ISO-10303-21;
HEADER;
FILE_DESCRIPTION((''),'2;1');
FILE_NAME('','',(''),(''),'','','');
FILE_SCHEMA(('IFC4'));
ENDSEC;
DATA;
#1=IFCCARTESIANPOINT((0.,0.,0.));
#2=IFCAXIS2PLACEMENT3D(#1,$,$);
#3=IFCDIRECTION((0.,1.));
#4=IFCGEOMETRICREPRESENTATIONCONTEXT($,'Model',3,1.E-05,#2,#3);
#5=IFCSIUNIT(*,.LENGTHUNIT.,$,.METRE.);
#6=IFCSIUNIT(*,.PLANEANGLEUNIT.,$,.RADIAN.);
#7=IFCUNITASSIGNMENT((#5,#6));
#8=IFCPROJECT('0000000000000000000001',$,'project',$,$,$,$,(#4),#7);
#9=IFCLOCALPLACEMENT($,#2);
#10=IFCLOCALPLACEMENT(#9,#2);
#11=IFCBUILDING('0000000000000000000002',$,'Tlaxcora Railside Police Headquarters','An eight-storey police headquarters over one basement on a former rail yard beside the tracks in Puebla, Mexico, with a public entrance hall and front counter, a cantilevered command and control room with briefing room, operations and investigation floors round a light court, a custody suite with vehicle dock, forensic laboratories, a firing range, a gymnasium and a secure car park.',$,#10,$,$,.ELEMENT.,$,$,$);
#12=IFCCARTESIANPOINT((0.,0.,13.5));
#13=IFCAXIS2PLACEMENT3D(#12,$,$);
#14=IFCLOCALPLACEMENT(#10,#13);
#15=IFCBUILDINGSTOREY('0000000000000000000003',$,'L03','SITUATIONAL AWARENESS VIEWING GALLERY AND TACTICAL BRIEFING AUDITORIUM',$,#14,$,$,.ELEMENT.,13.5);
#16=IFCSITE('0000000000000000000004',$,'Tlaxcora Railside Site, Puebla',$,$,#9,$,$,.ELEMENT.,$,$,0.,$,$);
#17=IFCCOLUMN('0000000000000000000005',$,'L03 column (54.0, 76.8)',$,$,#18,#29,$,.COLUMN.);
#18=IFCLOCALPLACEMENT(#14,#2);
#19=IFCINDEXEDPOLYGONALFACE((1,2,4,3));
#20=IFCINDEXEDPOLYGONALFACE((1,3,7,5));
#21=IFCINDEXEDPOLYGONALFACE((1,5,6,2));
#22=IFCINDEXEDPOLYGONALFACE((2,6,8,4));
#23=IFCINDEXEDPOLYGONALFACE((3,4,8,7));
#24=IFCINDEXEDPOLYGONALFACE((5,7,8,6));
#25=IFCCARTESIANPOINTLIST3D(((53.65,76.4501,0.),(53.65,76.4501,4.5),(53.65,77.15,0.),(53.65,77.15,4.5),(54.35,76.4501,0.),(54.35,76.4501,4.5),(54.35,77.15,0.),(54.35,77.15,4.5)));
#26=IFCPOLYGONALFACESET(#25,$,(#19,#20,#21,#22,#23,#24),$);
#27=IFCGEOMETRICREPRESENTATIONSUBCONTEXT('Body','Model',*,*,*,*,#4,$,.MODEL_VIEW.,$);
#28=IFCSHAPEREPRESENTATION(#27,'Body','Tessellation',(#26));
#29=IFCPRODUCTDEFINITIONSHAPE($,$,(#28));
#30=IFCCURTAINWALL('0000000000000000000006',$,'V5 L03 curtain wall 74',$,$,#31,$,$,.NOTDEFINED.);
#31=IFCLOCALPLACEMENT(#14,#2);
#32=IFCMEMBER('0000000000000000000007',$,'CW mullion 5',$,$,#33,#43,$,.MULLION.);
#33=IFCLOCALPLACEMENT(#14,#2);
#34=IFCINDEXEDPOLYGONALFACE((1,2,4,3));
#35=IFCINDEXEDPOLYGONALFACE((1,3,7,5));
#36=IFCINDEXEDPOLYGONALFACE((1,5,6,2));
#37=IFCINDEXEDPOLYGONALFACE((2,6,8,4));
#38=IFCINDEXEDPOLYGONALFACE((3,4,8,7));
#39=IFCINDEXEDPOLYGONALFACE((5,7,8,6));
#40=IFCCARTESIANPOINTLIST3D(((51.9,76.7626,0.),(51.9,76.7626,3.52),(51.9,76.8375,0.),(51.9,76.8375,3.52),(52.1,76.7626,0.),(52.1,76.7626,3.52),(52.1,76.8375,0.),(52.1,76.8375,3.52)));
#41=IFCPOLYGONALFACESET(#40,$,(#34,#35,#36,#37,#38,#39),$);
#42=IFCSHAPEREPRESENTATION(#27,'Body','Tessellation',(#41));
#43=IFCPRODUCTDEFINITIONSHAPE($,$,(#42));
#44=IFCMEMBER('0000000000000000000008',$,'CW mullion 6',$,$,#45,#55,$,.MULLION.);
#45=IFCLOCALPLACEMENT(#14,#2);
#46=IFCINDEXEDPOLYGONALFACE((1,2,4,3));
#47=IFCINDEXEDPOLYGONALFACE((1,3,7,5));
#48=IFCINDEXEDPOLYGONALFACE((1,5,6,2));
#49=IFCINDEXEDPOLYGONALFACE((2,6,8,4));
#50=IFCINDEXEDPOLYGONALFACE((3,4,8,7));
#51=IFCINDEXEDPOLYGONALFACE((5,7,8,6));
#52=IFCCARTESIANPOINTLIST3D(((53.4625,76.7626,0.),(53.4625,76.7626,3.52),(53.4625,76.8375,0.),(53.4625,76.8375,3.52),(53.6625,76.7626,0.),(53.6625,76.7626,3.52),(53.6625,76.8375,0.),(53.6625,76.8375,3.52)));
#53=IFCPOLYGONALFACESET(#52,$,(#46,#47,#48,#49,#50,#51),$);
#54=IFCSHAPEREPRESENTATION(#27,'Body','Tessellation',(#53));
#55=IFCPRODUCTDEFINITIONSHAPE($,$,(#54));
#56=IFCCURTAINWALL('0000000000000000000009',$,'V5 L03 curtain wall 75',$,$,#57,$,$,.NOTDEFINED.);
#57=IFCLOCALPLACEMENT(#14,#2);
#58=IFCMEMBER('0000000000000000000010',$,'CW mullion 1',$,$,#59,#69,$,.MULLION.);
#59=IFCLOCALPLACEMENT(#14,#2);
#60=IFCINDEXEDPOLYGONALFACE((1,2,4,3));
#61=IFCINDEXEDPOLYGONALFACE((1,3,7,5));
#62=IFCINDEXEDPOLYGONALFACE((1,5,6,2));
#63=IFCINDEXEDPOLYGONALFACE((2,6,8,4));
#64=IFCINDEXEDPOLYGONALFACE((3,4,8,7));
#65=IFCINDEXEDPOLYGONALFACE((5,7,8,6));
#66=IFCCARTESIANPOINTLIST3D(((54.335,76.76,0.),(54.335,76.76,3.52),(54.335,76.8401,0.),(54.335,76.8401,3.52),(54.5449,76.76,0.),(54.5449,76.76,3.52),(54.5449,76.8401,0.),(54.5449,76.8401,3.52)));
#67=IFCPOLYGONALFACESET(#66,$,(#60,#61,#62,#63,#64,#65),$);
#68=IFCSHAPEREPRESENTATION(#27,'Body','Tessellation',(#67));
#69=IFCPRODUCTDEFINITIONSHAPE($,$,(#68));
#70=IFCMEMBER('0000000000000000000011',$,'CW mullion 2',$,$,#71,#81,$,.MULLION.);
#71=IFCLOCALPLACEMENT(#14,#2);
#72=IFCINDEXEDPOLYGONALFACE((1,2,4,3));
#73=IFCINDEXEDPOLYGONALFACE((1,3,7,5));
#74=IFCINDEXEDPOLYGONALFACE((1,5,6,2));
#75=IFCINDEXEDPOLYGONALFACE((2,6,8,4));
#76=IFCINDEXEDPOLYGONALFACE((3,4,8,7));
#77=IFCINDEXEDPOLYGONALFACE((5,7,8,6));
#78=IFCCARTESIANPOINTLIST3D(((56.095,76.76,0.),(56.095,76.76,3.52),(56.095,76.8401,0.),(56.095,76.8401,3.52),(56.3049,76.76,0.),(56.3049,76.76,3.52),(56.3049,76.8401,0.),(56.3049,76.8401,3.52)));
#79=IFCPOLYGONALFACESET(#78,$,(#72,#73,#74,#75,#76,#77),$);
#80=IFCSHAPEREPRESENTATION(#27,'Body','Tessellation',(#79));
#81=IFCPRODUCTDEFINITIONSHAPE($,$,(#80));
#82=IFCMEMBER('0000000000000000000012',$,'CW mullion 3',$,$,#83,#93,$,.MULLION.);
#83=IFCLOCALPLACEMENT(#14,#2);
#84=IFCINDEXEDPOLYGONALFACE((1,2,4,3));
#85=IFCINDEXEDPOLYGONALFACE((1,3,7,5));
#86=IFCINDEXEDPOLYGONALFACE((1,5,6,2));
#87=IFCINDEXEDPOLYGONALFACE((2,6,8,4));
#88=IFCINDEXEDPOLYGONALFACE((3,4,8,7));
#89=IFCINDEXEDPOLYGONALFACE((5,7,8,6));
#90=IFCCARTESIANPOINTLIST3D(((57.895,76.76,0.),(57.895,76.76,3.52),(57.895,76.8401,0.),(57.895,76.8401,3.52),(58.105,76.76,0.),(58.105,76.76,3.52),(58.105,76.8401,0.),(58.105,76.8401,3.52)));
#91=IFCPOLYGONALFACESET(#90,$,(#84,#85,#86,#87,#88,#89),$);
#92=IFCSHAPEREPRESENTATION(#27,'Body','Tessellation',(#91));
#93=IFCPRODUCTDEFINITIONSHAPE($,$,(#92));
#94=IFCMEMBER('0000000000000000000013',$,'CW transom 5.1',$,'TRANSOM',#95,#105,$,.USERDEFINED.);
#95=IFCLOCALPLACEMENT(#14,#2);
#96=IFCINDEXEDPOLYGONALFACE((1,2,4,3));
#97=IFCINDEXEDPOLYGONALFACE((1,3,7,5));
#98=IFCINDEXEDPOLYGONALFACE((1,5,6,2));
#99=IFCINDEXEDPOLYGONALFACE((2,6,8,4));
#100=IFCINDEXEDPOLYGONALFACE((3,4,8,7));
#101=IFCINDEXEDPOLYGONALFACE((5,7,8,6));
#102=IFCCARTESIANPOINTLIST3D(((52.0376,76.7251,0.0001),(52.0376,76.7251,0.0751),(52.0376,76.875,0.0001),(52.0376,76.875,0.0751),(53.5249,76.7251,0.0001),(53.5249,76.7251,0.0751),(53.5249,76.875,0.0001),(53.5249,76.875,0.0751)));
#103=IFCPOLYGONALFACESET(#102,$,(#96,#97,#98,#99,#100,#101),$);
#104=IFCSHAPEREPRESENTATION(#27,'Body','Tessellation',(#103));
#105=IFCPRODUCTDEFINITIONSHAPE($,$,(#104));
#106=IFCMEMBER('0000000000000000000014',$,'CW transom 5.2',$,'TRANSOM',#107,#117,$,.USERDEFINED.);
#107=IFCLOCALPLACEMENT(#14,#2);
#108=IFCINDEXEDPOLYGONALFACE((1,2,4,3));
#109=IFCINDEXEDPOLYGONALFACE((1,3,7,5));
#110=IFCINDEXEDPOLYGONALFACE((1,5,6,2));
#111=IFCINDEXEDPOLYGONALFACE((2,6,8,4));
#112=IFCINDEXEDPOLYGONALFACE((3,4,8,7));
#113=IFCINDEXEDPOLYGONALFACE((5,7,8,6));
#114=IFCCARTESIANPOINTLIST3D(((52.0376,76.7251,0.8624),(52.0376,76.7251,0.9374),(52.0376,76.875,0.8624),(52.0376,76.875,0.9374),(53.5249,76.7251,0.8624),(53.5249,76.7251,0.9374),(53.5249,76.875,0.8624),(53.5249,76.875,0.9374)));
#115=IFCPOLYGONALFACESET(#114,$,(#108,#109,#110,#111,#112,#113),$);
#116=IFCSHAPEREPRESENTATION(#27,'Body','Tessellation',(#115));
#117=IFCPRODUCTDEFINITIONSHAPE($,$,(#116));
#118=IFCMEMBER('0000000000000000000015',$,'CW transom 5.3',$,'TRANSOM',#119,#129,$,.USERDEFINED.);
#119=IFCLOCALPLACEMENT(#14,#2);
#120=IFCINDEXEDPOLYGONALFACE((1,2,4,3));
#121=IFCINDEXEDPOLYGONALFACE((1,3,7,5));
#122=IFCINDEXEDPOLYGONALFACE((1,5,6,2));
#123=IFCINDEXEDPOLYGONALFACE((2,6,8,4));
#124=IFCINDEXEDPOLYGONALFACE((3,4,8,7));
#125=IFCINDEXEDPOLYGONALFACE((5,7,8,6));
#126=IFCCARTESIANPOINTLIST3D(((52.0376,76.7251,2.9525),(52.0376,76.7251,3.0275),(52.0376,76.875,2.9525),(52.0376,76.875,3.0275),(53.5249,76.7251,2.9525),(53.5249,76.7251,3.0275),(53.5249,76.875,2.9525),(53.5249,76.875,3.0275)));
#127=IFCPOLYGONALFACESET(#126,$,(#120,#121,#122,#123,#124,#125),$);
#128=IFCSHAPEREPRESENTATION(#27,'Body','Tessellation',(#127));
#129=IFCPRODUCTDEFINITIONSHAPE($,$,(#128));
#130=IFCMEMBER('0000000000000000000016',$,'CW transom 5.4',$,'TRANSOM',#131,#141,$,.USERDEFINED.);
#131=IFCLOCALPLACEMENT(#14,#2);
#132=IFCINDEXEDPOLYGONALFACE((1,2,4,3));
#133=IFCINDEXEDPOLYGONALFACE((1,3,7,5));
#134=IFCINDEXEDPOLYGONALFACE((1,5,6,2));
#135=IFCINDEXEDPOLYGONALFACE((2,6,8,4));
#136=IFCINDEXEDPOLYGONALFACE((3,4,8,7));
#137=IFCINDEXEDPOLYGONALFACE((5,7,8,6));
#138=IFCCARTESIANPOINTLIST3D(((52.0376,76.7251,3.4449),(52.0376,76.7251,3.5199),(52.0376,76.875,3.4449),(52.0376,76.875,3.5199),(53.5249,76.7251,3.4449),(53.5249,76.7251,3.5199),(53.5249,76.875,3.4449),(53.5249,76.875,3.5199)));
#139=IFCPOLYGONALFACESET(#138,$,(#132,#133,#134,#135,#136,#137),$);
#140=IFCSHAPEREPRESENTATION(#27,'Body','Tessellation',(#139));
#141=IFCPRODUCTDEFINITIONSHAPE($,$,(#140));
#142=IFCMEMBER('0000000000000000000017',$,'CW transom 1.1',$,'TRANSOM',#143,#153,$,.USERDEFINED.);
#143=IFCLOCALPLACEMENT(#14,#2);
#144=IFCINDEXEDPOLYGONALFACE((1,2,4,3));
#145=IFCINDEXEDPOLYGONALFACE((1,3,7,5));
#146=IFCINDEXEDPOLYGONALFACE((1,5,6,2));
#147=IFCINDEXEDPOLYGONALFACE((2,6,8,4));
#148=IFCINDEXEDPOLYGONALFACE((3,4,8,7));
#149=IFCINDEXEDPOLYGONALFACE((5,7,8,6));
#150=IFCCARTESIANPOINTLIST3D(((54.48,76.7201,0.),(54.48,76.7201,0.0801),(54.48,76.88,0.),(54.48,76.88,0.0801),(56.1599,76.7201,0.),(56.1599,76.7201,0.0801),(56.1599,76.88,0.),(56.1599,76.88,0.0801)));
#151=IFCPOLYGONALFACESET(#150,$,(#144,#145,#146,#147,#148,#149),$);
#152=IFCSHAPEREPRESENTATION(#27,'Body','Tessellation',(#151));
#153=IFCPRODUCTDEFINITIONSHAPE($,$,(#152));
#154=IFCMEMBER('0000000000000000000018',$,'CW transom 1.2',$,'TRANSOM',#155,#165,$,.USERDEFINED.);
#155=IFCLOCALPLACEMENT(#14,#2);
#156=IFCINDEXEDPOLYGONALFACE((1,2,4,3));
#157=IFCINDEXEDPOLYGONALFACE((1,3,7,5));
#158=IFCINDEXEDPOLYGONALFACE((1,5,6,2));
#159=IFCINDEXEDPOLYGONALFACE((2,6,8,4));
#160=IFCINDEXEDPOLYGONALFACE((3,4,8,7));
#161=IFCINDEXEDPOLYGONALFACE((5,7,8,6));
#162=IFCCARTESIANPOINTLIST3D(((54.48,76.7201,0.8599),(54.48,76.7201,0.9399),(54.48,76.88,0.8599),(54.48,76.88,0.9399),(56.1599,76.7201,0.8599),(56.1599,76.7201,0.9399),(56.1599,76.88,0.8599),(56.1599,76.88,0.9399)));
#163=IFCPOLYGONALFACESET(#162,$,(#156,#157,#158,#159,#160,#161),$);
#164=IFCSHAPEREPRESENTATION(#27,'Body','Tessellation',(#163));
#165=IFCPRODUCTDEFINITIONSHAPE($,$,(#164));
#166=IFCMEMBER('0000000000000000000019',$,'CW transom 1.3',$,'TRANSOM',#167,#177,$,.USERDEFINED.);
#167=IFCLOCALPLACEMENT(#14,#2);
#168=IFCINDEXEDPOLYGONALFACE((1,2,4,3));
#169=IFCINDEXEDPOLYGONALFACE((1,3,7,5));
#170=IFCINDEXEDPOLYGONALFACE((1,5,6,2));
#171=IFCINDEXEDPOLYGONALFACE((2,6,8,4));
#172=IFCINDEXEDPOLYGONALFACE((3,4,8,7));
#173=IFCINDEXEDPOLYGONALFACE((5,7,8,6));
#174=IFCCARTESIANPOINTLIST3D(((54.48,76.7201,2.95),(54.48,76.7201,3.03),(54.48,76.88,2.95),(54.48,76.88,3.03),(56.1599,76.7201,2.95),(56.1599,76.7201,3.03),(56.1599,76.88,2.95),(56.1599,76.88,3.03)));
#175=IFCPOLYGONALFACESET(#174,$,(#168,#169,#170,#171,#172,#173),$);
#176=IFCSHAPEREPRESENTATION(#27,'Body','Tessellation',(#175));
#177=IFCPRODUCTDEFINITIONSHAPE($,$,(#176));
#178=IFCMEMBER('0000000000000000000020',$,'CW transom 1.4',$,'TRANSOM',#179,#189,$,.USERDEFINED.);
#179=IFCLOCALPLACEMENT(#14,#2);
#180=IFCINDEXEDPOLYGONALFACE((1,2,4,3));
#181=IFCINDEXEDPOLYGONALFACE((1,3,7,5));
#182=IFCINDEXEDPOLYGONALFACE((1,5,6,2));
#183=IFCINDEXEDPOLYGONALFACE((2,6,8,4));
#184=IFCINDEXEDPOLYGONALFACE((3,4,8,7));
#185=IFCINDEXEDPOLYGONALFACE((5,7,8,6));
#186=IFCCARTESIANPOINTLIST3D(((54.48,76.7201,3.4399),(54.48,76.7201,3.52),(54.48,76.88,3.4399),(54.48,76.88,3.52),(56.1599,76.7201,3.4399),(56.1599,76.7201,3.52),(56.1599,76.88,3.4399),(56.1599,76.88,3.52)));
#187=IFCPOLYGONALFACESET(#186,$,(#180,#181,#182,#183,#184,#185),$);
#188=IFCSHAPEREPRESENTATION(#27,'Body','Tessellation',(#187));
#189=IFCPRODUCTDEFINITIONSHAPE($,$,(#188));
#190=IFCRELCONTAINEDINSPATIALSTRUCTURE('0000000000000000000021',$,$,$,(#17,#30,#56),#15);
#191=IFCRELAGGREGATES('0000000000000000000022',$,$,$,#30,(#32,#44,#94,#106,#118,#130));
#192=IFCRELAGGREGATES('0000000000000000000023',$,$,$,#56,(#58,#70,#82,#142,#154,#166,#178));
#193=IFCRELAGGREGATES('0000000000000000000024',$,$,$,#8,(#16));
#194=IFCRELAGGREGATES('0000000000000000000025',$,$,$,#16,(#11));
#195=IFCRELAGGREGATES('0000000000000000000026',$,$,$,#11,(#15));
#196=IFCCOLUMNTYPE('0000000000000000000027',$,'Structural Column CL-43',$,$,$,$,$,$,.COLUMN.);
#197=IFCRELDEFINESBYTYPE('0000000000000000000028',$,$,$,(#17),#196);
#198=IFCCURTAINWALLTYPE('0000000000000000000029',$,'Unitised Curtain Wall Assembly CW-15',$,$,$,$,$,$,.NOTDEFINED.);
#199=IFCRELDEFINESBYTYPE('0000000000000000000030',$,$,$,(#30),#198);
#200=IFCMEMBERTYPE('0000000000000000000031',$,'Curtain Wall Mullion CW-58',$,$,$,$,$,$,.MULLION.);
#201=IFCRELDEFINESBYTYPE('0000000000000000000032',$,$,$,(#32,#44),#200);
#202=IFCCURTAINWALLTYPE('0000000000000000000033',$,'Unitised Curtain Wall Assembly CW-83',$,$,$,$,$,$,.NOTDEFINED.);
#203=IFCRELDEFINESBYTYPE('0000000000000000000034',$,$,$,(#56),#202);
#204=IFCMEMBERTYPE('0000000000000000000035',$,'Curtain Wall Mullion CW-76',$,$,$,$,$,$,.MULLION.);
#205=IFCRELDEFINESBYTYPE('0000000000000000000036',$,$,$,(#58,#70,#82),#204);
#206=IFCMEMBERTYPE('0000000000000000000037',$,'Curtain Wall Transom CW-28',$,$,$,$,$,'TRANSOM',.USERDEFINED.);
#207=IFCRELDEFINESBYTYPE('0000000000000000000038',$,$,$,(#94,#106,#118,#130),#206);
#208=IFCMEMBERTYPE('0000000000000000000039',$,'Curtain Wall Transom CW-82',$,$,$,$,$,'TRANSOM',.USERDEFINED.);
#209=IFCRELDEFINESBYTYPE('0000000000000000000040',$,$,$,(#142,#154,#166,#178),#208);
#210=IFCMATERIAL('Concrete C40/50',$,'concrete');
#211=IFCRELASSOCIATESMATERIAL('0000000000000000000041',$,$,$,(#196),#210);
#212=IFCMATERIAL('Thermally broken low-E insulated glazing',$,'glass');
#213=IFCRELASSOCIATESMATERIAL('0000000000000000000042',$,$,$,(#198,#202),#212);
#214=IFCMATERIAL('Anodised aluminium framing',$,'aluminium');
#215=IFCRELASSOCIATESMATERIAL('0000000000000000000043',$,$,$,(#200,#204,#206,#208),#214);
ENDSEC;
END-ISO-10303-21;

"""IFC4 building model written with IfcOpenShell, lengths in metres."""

from ifc_helpers import new_model, si_unit, direction, frame, origin, origin_2d, place, context, subcontext, project, spatial, rectangle, extrude, material, material_profile, profile_set, type_object, element, aggregate, save


model = new_model("IFC4")

# Units and contexts
model_context = context("Model", 3, precision=1e-05, world=origin(), true_north=direction((0.0, 1.0)))
body_context = subcontext(model_context, "Body", "Model", "MODEL_VIEW")
ifc_project = project(units=[si_unit("LENGTHUNIT", "METRE"), si_unit("PLANEANGLEUNIT", "RADIAN")], contexts=[model_context])

# Site, building, storey
site_placement = place(None, origin())
site = spatial("IfcSite", under=ifc_project, at=site_placement, Name="Tlaxcora Railside Site, Puebla", CompositionType="ELEMENT", RefElevation=0.0)
building_placement = place(site_placement, origin())
building = spatial("IfcBuilding", under=site, at=building_placement, Name="Tlaxcora Railside Police Headquarters", Description="An eight-storey police headquarters over one basement on a former rail yard beside the tracks in Puebla, Mexico, with a public entrance hall and front counter, a cantilevered command and control room with briefing room, operations and investigation floors round a light court, a custody suite with vehicle dock, forensic laboratories, a firing range, a gymnasium and a secure car park.", CompositionType="ELEMENT")
storey_placement = place(building_placement, frame((0.0, 0.0, 13.5)))
storey = spatial("IfcBuildingStorey", under=building, at=storey_placement, Name="L03", Description="SITUATIONAL AWARENESS VIEWING GALLERY AND TACTICAL BRIEFING AUDITORIUM", CompositionType="ELEMENT", Elevation=13.5)

# Column
ifc_material_1 = material(Name="Concrete C40/50", Category="concrete")
ifc_material_profile_1 = material_profile(ifc_material_1, rectangle(XDim=0.7, YDim=0.7, at=origin_2d()), Name="RC700X700")
ifc_profile_set_1 = profile_set([ifc_material_profile_1], Name="Concrete C40/50")
column_type = type_object("IfcColumnType", Name="Structural Column CL-43", PredefinedType="COLUMN", material=ifc_profile_set_1)
column_placement = place(storey_placement, frame((54.0, 76.8, 0.0), z_axis=(0.0, 0.0, 1.0), x_axis=(1.0, 0.0, 0.0)))
element("IfcColumn", 1, at=column_placement, inside=storey, type_object=column_type, Name="L03 column (54.0, 76.8)", PredefinedType="COLUMN", context=body_context, shape_type="SweptSolid", body=[
    extrude(rectangle(XDim=0.7, YDim=0.7, at=origin_2d()), origin(), (0.0, 0.0, 1.0), 4.5),
])

# Curtain walls, members
ifc_material_2 = material(Name="Thermally broken low-E insulated glazing", Category="glass")
curtain_wall_type_1 = type_object("IfcCurtainWallType", Name="Unitised Curtain Wall Assembly CW-15", PredefinedType="NOTDEFINED", material=ifc_material_2)
curtain_wall_1_placement = place(storey_placement, origin())
curtain_wall_1 = element("IfcCurtainWall", 2, at=curtain_wall_1_placement, inside=storey, type_object=curtain_wall_type_1, Name="V5 L03 curtain wall 74", PredefinedType="NOTDEFINED")
ifc_material_3 = material(Name="Anodised aluminium framing", Category="aluminium")
ifc_material_profile_2 = material_profile(ifc_material_3, rectangle(XDim=0.075, YDim=0.2, at=origin_2d()), Name="AL75X200")
ifc_profile_set_2 = profile_set([ifc_material_profile_2], Name="Anodised aluminium framing")
member_type_1 = type_object("IfcMemberType", Name="Curtain Wall Mullion CW-58", PredefinedType="MULLION", material=ifc_profile_set_2)
member_1_placement = place(storey_placement, frame((52.0, 76.8, 0.0), z_axis=(0.0, 0.0, 1.0), x_axis=(0.0, 1.0, 0.0)))
member_1 = element("IfcMember", 3, at=member_1_placement, type_object=member_type_1, Name="CW mullion 5", PredefinedType="MULLION", context=body_context, shape_type="SweptSolid", body=[
    extrude(rectangle(XDim=0.075, YDim=0.2, at=origin_2d()), origin(), (0.0, 0.0, 1.0), 3.52),
])
member_2_placement = place(storey_placement, frame((53.5625, 76.8, 0.0), z_axis=(0.0, 0.0, 1.0), x_axis=(0.0, 1.0, 0.0)))
member_2 = element("IfcMember", 4, at=member_2_placement, type_object=member_type_1, Name="CW mullion 6", PredefinedType="MULLION", context=body_context, shape_type="SweptSolid", body=[
    extrude(rectangle(XDim=0.075, YDim=0.2, at=origin_2d()), origin(), (0.0, 0.0, 1.0), 3.52),
])
curtain_wall_type_2 = type_object("IfcCurtainWallType", Name="Unitised Curtain Wall Assembly CW-83", PredefinedType="NOTDEFINED", material=ifc_material_2)
curtain_wall_2_placement = place(storey_placement, origin())
curtain_wall_2 = element("IfcCurtainWall", 5, at=curtain_wall_2_placement, inside=storey, type_object=curtain_wall_type_2, Name="V5 L03 curtain wall 75", PredefinedType="NOTDEFINED")
ifc_material_profile_3 = material_profile(ifc_material_3, rectangle(XDim=0.0801, YDim=0.21, at=origin_2d()), Name="AL80X210")
ifc_profile_set_3 = profile_set([ifc_material_profile_3], Name="Anodised aluminium framing")
member_type_2 = type_object("IfcMemberType", Name="Curtain Wall Mullion CW-76", PredefinedType="MULLION", material=ifc_profile_set_3)
member_3_placement = place(storey_placement, frame((54.4399, 76.8, 0.0), z_axis=(0.0, 0.0, 1.0), x_axis=(0.0, 1.0, 0.0)))
member_3 = element("IfcMember", 6, at=member_3_placement, type_object=member_type_2, Name="CW mullion 1", PredefinedType="MULLION", context=body_context, shape_type="SweptSolid", body=[
    extrude(rectangle(XDim=0.0801, YDim=0.21, at=origin_2d()), origin(), (0.0, 0.0, 1.0), 3.52),
])
member_4_placement = place(storey_placement, frame((56.2, 76.8, 0.0), z_axis=(0.0, 0.0, 1.0), x_axis=(0.0, 1.0, 0.0)))
member_4 = element("IfcMember", 7, at=member_4_placement, type_object=member_type_2, Name="CW mullion 2", PredefinedType="MULLION", context=body_context, shape_type="SweptSolid", body=[
    extrude(rectangle(XDim=0.0801, YDim=0.21, at=origin_2d()), origin(), (0.0, 0.0, 1.0), 3.52),
])
member_5_placement = place(storey_placement, frame((58.0, 76.8, 0.0), z_axis=(0.0, 0.0, 1.0), x_axis=(0.0, 1.0, 0.0)))
member_5 = element("IfcMember", 8, at=member_5_placement, type_object=member_type_2, Name="CW mullion 3", PredefinedType="MULLION", context=body_context, shape_type="SweptSolid", body=[
    extrude(rectangle(XDim=0.0801, YDim=0.21, at=origin_2d()), origin(), (0.0, 0.0, 1.0), 3.52),
])

# Members
ifc_material_profile_4 = material_profile(ifc_material_3, rectangle(XDim=0.1499, YDim=0.075, at=origin_2d()), Name="AL75X150")
ifc_profile_set_4 = profile_set([ifc_material_profile_4], Name="Anodised aluminium framing")
member_type_3 = type_object("IfcMemberType", Name="Curtain Wall Transom CW-28", ElementType="TRANSOM", PredefinedType="USERDEFINED", material=ifc_profile_set_4)
member_6_placement = place(storey_placement, frame((52.0376, 76.8, 0.0376), z_axis=(1.0, 0.0, 0.0), x_axis=(0.0, 1.0, 0.0)))
member_6 = element("IfcMember", 9, at=member_6_placement, type_object=member_type_3, Name="CW transom 5.1", ObjectType="TRANSOM", PredefinedType="USERDEFINED", context=body_context, shape_type="SweptSolid", body=[
    extrude(rectangle(XDim=0.1499, YDim=0.075, at=origin_2d()), origin(), (0.0, 0.0, 1.0), 1.4873),
])
member_7_placement = place(storey_placement, frame((52.0376, 76.8, 0.8999), z_axis=(1.0, 0.0, 0.0), x_axis=(0.0, 1.0, 0.0)))
member_7 = element("IfcMember", 10, at=member_7_placement, type_object=member_type_3, Name="CW transom 5.2", ObjectType="TRANSOM", PredefinedType="USERDEFINED", context=body_context, shape_type="SweptSolid", body=[
    extrude(rectangle(XDim=0.1499, YDim=0.075, at=origin_2d()), origin(), (0.0, 0.0, 1.0), 1.4873),
])
member_8_placement = place(storey_placement, frame((52.0376, 76.8, 2.99), z_axis=(1.0, 0.0, 0.0), x_axis=(0.0, 1.0, 0.0)))
member_8 = element("IfcMember", 11, at=member_8_placement, type_object=member_type_3, Name="CW transom 5.3", ObjectType="TRANSOM", PredefinedType="USERDEFINED", context=body_context, shape_type="SweptSolid", body=[
    extrude(rectangle(XDim=0.1499, YDim=0.075, at=origin_2d()), origin(), (0.0, 0.0, 1.0), 1.4873),
])
member_9_placement = place(storey_placement, frame((52.0376, 76.8, 3.4824), z_axis=(1.0, 0.0, 0.0), x_axis=(0.0, 1.0, 0.0)))
member_9 = element("IfcMember", 12, at=member_9_placement, type_object=member_type_3, Name="CW transom 5.4", ObjectType="TRANSOM", PredefinedType="USERDEFINED", context=body_context, shape_type="SweptSolid", body=[
    extrude(rectangle(XDim=0.1499, YDim=0.075, at=origin_2d()), origin(), (0.0, 0.0, 1.0), 1.4873),
])
ifc_material_profile_5 = material_profile(ifc_material_3, rectangle(XDim=0.1599, YDim=0.0801, at=origin_2d()), Name="AL80X160")
ifc_profile_set_5 = profile_set([ifc_material_profile_5], Name="Anodised aluminium framing")
member_type_4 = type_object("IfcMemberType", Name="Curtain Wall Transom CW-82", ElementType="TRANSOM", PredefinedType="USERDEFINED", material=ifc_profile_set_5)
member_10_placement = place(storey_placement, frame((54.48, 76.8, 0.04), z_axis=(1.0, 0.0, 0.0), x_axis=(0.0, 1.0, 0.0)))
member_10 = element("IfcMember", 13, at=member_10_placement, type_object=member_type_4, Name="CW transom 1.1", ObjectType="TRANSOM", PredefinedType="USERDEFINED", context=body_context, shape_type="SweptSolid", body=[
    extrude(rectangle(XDim=0.1599, YDim=0.0801, at=origin_2d()), origin(), (0.0, 0.0, 1.0), 1.6799),
])
member_11_placement = place(storey_placement, frame((54.48, 76.8, 0.8999), z_axis=(1.0, 0.0, 0.0), x_axis=(0.0, 1.0, 0.0)))
member_11 = element("IfcMember", 14, at=member_11_placement, type_object=member_type_4, Name="CW transom 1.2", ObjectType="TRANSOM", PredefinedType="USERDEFINED", context=body_context, shape_type="SweptSolid", body=[
    extrude(rectangle(XDim=0.1599, YDim=0.0801, at=origin_2d()), origin(), (0.0, 0.0, 1.0), 1.6799),
])
member_12_placement = place(storey_placement, frame((54.48, 76.8, 2.99), z_axis=(1.0, 0.0, 0.0), x_axis=(0.0, 1.0, 0.0)))
member_12 = element("IfcMember", 15, at=member_12_placement, type_object=member_type_4, Name="CW transom 1.3", ObjectType="TRANSOM", PredefinedType="USERDEFINED", context=body_context, shape_type="SweptSolid", body=[
    extrude(rectangle(XDim=0.1599, YDim=0.0801, at=origin_2d()), origin(), (0.0, 0.0, 1.0), 1.6799),
])
member_13_placement = place(storey_placement, frame((54.48, 76.8, 3.48), z_axis=(1.0, 0.0, 0.0), x_axis=(0.0, 1.0, 0.0)))
member_13 = element("IfcMember", 16, at=member_13_placement, type_object=member_type_4, Name="CW transom 1.4", ObjectType="TRANSOM", PredefinedType="USERDEFINED", context=body_context, shape_type="SweptSolid", body=[
    extrude(rectangle(XDim=0.1599, YDim=0.0801, at=origin_2d()), origin(), (0.0, 0.0, 1.0), 1.6799),
])

aggregate(curtain_wall_1, [member_1, member_2, member_6, member_7, member_8, member_9])
aggregate(curtain_wall_2, [member_3, member_4, member_5, member_10, member_11, member_12, member_13])

save(model, "model.ifc")
